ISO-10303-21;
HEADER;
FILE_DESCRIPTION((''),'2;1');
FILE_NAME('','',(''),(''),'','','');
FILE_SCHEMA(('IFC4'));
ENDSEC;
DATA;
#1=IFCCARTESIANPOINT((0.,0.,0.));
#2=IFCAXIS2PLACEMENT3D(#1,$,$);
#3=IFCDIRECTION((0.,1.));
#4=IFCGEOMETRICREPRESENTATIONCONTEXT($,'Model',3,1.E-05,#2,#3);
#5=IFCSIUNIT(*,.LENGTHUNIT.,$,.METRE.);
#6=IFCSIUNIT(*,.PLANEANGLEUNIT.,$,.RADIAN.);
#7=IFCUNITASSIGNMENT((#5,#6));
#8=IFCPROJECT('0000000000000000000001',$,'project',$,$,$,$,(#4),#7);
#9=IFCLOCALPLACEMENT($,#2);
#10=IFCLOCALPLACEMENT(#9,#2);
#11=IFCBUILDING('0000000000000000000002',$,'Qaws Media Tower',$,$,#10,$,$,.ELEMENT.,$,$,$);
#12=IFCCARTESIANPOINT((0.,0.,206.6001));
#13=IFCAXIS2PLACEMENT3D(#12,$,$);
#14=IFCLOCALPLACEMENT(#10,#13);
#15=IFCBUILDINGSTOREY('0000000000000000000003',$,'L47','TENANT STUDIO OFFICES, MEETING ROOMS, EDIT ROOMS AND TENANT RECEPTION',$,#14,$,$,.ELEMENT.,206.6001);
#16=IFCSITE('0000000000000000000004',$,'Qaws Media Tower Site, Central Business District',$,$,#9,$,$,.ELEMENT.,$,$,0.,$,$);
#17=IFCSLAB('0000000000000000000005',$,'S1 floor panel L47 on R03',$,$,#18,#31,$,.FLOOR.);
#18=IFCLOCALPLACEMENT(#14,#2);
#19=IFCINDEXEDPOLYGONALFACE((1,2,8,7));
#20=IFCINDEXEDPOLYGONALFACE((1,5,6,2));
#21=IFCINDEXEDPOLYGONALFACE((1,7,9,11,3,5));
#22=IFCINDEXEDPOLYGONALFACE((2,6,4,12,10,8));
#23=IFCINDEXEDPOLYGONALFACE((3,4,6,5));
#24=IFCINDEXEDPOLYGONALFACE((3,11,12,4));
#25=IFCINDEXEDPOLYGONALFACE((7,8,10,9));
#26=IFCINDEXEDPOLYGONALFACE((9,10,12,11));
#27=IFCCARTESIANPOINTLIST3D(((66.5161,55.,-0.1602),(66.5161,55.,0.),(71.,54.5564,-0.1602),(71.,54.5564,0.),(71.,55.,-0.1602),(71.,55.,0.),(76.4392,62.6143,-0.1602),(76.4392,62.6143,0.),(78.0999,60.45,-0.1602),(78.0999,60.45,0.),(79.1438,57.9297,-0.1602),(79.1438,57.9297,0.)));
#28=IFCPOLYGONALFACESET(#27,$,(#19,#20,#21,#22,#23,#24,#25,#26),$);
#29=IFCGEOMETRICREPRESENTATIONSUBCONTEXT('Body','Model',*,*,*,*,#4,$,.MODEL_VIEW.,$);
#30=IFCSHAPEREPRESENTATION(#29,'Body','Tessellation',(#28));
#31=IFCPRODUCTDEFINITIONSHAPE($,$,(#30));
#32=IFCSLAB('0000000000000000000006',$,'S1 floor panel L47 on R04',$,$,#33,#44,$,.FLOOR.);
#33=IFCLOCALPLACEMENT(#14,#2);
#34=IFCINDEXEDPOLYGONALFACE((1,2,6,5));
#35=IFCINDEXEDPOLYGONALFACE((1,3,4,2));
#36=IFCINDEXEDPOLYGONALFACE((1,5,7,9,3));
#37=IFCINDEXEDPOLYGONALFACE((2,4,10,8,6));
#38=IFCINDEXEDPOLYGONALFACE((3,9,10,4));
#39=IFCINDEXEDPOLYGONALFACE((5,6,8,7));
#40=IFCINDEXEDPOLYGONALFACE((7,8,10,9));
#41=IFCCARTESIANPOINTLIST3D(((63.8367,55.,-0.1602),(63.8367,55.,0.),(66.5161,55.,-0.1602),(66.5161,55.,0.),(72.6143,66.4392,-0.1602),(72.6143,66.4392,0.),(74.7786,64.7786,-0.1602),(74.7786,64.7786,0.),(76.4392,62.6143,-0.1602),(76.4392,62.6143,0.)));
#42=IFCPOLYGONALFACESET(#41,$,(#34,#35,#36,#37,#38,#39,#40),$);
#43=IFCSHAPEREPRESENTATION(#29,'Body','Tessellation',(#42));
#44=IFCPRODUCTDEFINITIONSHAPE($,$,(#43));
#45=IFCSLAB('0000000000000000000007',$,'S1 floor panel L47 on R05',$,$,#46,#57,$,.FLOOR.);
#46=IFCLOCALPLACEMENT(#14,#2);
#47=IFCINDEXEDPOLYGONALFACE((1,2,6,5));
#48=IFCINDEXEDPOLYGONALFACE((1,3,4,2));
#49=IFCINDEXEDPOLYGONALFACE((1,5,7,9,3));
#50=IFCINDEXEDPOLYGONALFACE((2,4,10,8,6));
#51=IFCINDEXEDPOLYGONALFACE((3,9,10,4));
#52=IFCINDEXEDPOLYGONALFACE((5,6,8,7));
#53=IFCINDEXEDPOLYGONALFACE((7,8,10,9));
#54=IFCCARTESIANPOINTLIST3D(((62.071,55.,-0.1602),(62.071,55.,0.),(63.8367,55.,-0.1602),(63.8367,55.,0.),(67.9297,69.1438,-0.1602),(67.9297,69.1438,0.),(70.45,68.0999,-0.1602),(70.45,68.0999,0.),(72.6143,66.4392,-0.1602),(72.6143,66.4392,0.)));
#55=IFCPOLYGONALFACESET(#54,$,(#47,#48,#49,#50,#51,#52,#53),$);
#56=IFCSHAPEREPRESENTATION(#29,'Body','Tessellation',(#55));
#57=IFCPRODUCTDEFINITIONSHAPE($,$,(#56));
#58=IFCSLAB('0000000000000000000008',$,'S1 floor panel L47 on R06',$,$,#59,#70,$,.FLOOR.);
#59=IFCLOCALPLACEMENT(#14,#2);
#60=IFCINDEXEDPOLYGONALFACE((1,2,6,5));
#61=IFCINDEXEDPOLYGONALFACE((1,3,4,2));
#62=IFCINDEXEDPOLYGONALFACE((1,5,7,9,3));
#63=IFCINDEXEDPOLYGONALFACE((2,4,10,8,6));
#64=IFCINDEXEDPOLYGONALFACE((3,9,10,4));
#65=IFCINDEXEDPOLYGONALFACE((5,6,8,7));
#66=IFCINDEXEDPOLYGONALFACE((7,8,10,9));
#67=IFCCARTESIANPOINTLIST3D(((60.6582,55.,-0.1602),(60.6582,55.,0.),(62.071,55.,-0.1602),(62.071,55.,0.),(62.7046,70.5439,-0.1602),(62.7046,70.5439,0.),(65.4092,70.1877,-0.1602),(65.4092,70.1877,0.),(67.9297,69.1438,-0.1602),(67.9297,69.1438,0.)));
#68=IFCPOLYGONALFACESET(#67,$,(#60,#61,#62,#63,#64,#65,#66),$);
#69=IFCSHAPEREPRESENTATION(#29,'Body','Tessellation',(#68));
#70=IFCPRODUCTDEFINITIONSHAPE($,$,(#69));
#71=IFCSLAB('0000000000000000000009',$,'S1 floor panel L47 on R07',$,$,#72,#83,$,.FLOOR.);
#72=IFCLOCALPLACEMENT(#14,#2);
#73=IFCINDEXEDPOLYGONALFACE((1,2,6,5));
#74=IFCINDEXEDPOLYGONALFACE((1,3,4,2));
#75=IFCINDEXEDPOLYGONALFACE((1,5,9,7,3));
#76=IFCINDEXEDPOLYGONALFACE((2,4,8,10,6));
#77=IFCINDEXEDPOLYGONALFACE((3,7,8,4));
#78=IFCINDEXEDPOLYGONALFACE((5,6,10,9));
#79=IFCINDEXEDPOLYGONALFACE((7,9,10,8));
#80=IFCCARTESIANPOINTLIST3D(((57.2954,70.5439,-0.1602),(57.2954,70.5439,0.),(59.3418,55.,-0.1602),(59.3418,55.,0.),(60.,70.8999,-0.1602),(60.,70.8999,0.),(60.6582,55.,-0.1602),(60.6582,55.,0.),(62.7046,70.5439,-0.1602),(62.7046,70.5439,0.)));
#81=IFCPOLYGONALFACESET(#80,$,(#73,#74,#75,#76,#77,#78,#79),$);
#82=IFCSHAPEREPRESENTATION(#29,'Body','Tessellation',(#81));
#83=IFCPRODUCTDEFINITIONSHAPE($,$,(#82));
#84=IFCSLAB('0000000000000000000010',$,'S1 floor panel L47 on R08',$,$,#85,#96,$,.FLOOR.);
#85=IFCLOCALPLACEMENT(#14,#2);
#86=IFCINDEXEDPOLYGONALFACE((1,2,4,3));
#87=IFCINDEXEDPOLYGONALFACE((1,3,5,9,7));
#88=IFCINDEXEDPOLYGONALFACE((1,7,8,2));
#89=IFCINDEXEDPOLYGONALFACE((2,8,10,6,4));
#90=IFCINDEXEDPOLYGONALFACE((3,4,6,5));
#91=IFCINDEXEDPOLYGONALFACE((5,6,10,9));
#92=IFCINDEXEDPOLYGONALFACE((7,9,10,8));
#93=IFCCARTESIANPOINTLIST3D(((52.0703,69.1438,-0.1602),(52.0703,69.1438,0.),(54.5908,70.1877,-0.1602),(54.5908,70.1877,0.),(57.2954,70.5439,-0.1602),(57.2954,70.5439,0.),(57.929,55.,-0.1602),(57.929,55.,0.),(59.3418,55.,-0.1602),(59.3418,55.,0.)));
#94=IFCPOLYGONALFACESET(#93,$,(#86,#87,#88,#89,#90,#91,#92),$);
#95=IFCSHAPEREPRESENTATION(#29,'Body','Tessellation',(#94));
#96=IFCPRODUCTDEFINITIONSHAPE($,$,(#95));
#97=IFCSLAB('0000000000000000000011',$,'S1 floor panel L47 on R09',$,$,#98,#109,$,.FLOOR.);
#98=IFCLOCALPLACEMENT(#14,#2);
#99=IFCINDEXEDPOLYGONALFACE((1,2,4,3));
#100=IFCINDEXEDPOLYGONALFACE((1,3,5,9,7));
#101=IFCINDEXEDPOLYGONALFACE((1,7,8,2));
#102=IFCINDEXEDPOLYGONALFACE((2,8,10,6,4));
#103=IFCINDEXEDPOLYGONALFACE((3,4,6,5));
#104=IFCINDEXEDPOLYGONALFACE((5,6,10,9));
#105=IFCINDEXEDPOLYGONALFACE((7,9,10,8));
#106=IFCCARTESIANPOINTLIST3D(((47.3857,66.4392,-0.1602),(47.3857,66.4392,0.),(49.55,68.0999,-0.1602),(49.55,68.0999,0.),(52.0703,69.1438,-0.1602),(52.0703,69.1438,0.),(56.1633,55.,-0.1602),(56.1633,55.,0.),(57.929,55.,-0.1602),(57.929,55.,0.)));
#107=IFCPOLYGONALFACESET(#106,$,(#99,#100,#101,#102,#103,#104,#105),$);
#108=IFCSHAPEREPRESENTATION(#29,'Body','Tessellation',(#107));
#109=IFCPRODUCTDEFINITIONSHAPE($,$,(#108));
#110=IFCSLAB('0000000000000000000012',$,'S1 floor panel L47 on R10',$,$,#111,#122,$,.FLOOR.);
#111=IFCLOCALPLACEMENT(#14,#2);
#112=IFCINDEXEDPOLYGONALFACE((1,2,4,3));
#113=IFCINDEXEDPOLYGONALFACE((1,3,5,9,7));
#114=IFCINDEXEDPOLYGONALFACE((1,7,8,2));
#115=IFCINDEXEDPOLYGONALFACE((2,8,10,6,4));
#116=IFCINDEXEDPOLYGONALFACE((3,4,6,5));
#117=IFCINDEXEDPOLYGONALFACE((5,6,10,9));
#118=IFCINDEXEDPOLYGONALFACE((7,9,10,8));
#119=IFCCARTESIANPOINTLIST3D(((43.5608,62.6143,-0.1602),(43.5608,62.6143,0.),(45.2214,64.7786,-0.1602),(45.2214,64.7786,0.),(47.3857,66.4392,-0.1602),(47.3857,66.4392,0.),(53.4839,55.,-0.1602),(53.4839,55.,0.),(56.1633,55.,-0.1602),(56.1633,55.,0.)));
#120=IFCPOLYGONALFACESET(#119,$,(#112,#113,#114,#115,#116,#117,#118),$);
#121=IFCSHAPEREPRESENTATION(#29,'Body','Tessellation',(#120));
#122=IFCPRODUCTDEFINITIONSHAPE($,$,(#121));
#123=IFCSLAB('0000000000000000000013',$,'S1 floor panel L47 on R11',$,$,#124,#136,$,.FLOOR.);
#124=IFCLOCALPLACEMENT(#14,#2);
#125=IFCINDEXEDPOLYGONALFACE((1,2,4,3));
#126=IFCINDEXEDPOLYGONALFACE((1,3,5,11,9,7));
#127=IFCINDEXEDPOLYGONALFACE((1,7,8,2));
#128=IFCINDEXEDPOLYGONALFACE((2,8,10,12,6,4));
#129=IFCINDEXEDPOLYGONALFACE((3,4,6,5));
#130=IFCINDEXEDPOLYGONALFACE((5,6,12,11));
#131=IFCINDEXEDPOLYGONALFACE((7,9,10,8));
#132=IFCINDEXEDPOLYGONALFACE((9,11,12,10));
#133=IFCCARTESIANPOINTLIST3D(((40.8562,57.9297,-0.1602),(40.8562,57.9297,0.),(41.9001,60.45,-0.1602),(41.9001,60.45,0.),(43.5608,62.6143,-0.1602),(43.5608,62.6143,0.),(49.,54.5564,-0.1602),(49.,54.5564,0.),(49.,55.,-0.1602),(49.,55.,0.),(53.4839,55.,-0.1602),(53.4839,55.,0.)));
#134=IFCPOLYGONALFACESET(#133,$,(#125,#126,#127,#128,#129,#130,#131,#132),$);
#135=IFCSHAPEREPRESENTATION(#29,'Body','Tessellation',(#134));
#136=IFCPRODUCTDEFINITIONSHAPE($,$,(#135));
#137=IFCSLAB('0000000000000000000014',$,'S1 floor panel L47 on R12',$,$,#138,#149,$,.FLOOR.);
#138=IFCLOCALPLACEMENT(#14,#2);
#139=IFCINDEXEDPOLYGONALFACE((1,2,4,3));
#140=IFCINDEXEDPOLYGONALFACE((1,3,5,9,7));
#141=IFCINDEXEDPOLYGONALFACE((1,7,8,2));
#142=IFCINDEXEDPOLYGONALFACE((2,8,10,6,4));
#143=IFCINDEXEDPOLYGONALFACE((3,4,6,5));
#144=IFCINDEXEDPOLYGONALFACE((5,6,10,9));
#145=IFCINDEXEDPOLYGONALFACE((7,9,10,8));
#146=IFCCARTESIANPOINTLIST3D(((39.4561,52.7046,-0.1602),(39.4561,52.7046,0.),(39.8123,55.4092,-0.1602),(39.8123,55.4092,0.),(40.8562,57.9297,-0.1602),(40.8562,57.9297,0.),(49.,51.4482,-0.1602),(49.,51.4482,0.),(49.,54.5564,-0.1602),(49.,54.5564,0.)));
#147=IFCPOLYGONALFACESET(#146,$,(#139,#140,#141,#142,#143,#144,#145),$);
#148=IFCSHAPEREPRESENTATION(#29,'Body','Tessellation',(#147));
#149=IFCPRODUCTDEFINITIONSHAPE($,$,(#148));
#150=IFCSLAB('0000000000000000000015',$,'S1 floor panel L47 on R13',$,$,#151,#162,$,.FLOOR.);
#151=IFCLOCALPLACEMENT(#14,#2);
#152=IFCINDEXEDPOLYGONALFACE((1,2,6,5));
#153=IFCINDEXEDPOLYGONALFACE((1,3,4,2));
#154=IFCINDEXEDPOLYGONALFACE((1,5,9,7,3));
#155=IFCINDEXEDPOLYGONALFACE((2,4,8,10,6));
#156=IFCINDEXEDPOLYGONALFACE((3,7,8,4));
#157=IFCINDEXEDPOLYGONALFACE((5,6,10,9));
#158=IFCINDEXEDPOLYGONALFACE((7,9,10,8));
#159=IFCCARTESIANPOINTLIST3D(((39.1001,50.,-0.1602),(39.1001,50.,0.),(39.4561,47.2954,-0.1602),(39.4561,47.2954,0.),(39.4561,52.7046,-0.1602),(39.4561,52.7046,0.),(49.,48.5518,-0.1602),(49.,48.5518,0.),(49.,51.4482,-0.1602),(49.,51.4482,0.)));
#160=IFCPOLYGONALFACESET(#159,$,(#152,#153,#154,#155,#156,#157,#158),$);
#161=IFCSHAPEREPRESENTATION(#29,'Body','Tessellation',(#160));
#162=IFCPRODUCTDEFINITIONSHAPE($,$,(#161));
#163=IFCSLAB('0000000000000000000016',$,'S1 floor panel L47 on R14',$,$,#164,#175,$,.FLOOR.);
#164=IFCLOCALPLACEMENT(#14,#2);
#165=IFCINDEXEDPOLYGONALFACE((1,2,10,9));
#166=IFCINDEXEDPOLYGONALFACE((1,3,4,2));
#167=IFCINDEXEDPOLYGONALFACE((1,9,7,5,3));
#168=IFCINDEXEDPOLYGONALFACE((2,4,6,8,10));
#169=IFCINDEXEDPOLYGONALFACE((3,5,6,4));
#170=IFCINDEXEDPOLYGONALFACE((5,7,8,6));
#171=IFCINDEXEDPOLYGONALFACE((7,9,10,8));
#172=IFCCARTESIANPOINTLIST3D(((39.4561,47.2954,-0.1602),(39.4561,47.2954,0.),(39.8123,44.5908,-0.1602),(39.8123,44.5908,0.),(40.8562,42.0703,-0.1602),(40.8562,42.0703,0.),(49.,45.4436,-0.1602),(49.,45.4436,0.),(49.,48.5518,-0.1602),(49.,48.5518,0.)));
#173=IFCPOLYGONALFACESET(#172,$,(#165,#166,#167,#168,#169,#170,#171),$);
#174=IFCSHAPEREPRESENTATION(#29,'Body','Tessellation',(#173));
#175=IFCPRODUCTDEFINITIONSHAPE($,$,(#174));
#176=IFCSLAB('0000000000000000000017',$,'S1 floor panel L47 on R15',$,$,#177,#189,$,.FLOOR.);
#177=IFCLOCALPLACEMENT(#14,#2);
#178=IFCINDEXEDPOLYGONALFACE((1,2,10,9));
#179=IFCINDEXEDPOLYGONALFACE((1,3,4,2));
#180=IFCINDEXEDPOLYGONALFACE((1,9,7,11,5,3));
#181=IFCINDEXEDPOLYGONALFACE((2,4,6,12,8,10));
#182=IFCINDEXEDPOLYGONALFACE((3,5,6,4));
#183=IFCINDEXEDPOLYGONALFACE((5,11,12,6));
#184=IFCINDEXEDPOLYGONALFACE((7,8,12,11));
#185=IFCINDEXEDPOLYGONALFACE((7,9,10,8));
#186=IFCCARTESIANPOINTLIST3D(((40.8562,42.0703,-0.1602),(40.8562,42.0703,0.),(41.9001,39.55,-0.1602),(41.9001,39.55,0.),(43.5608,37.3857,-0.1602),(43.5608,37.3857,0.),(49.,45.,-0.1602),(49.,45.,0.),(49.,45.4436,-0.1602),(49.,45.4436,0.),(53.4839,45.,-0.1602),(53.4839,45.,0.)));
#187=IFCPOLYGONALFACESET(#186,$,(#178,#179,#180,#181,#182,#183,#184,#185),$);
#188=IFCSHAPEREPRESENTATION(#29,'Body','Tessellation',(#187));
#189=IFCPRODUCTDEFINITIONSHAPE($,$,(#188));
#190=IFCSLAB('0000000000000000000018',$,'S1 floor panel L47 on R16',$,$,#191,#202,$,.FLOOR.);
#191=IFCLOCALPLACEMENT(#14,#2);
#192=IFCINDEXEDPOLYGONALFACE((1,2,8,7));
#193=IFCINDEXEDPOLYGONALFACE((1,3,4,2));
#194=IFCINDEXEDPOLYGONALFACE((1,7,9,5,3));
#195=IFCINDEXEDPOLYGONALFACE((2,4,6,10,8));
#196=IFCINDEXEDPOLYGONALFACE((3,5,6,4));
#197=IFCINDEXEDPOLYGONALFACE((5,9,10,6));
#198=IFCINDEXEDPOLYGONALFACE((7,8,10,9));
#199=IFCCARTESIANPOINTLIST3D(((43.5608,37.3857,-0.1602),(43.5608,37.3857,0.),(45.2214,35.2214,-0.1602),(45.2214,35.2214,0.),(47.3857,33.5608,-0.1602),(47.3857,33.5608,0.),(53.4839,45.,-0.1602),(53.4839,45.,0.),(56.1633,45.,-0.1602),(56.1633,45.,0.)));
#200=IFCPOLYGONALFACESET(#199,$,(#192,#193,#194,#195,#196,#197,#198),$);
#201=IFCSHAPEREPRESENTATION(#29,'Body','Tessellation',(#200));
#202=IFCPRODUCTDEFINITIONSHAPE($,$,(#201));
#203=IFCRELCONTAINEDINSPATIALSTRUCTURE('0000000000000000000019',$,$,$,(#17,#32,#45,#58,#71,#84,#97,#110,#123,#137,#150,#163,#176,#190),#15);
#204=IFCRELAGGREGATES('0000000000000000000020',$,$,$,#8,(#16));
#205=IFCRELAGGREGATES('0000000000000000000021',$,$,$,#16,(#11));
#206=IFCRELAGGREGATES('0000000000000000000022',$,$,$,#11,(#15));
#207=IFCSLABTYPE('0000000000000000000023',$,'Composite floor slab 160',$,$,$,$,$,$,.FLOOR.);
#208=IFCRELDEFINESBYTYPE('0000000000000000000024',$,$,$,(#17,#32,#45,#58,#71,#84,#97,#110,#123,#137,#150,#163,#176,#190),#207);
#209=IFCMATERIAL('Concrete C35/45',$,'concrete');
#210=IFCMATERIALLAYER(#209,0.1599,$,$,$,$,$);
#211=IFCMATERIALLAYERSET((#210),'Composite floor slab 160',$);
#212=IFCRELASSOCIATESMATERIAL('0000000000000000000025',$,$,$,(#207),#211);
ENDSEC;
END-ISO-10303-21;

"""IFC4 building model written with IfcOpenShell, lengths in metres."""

from ifc_helpers import new_model, si_unit, direction, frame, origin, place, context, subcontext, project, spatial, polyline, outline, extrude, material, layer, layer_set, type_object, element, save


model = new_model("IFC4")

# Units and contexts
model_context = context("Model", 3, precision=1e-05, world=origin(), true_north=direction((0.0, 1.0)))
body_context = subcontext(model_context, "Body", "Model", "MODEL_VIEW")
ifc_project = project(units=[si_unit("LENGTHUNIT", "METRE"), si_unit("PLANEANGLEUNIT", "RADIAN")], contexts=[model_context])

# Site, building, storey
site_placement = place(None, origin())
site = spatial("IfcSite", under=ifc_project, at=site_placement, Name="Qaws Media Tower Site, Central Business District", CompositionType="ELEMENT", RefElevation=0.0)
building_placement = place(site_placement, origin())
building = spatial("IfcBuilding", under=site, at=building_placement, Name="Qaws Media Tower", CompositionType="ELEMENT")
storey_placement = place(building_placement, frame((0.0, 0.0, 206.6001)))
storey = spatial("IfcBuildingStorey", under=building, at=storey_placement, Name="L47", Description="TENANT STUDIO OFFICES, MEETING ROOMS, EDIT ROOMS AND TENANT RECEPTION", CompositionType="ELEMENT", Elevation=206.6001)

# Slabs
ifc_material_1 = material(Name="Concrete C35/45", Category="concrete")
ifc_layer_1 = layer(ifc_material_1, 0.1599)
ifc_layer_set_1 = layer_set([ifc_layer_1], Name="Composite floor slab 160")
slab_type_1 = type_object("IfcSlabType", Name="Composite floor slab 160", PredefinedType="FLOOR", material=ifc_layer_set_1)
slab_1_placement = place(storey_placement, frame((0.0, 0.0, -0.1602)))
element("IfcSlab", 1, at=slab_1_placement, inside=storey, type_object=slab_type_1, Name="S1 floor panel L47 on R03", PredefinedType="FLOOR", context=body_context, shape_type="SweptSolid", body=[
    extrude(outline(polyline([(78.0999, 60.45), (79.1438, 57.9297), (71.0, 54.5564), (71.0, 55.0), (66.5161, 55.0), (76.4392, 62.6143), (78.0999, 60.45)])), origin(), (0.0, 0.0, 1.0), 0.1602),
])
slab_2_placement = place(storey_placement, frame((0.0, 0.0, -0.1602)))
element("IfcSlab", 2, at=slab_2_placement, inside=storey, type_object=slab_type_1, Name="S1 floor panel L47 on R04", PredefinedType="FLOOR", context=body_context, shape_type="SweptSolid", body=[
    extrude(outline(polyline([(74.7786, 64.7786), (76.4392, 62.6143), (66.5161, 55.0), (63.8367, 55.0), (72.6143, 66.4392), (74.7786, 64.7786)])), origin(), (0.0, 0.0, 1.0), 0.1602),
])
slab_3_placement = place(storey_placement, frame((0.0, 0.0, -0.1602)))
element("IfcSlab", 3, at=slab_3_placement, inside=storey, type_object=slab_type_1, Name="S1 floor panel L47 on R05", PredefinedType="FLOOR", context=body_context, shape_type="SweptSolid", body=[
    extrude(outline(polyline([(70.45, 68.0999), (72.6143, 66.4392), (63.8367, 55.0), (62.071, 55.0), (67.9297, 69.1438), (70.45, 68.0999)])), origin(), (0.0, 0.0, 1.0), 0.1602),
])
slab_4_placement = place(storey_placement, frame((0.0, 0.0, -0.1602)))
element("IfcSlab", 4, at=slab_4_placement, inside=storey, type_object=slab_type_1, Name="S1 floor panel L47 on R06", PredefinedType="FLOOR", context=body_context, shape_type="SweptSolid", body=[
    extrude(outline(polyline([(65.4092, 70.1877), (67.9297, 69.1438), (62.071, 55.0), (60.6582, 55.0), (62.7046, 70.5439), (65.4092, 70.1877)])), origin(), (0.0, 0.0, 1.0), 0.1602),
])
slab_5_placement = place(storey_placement, frame((0.0, 0.0, -0.1602)))
element("IfcSlab", 5, at=slab_5_placement, inside=storey, type_object=slab_type_1, Name="S1 floor panel L47 on R07", PredefinedType="FLOOR", context=body_context, shape_type="SweptSolid", body=[
    extrude(outline(polyline([(60.0, 70.8999), (62.7046, 70.5439), (60.6582, 55.0), (59.3418, 55.0), (57.2954, 70.5439), (60.0, 70.8999)])), origin(), (0.0, 0.0, 1.0), 0.1602),
])
slab_6_placement = place(storey_placement, frame((0.0, 0.0, -0.1602)))
element("IfcSlab", 6, at=slab_6_placement, inside=storey, type_object=slab_type_1, Name="S1 floor panel L47 on R08", PredefinedType="FLOOR", context=body_context, shape_type="SweptSolid", body=[
    extrude(outline(polyline([(54.5908, 70.1877), (57.2954, 70.5439), (59.3418, 55.0), (57.929, 55.0), (52.0703, 69.1438), (54.5908, 70.1877)])), origin(), (0.0, 0.0, 1.0), 0.1602),
])
slab_7_placement = place(storey_placement, frame((0.0, 0.0, -0.1602)))
element("IfcSlab", 7, at=slab_7_placement, inside=storey, type_object=slab_type_1, Name="S1 floor panel L47 on R09", PredefinedType="FLOOR", context=body_context, shape_type="SweptSolid", body=[
    extrude(outline(polyline([(49.55, 68.0999), (52.0703, 69.1438), (57.929, 55.0), (56.1633, 55.0), (47.3857, 66.4392), (49.55, 68.0999)])), origin(), (0.0, 0.0, 1.0), 0.1602),
])
slab_8_placement = place(storey_placement, frame((0.0, 0.0, -0.1602)))
element("IfcSlab", 8, at=slab_8_placement, inside=storey, type_object=slab_type_1, Name="S1 floor panel L47 on R10", PredefinedType="FLOOR", context=body_context, shape_type="SweptSolid", body=[
    extrude(outline(polyline([(45.2214, 64.7786), (47.3857, 66.4392), (56.1633, 55.0), (53.4839, 55.0), (43.5608, 62.6143), (45.2214, 64.7786)])), origin(), (0.0, 0.0, 1.0), 0.1602),
])
slab_9_placement = place(storey_placement, frame((0.0, 0.0, -0.1602)))
element("IfcSlab", 9, at=slab_9_placement, inside=storey, type_object=slab_type_1, Name="S1 floor panel L47 on R11", PredefinedType="FLOOR", context=body_context, shape_type="SweptSolid", body=[
    extrude(outline(polyline([(41.9001, 60.45), (43.5608, 62.6143), (53.4839, 55.0), (49.0, 55.0), (49.0, 54.5564), (40.8562, 57.9297), (41.9001, 60.45)])), origin(), (0.0, 0.0, 1.0), 0.1602),
])
slab_10_placement = place(storey_placement, frame((0.0, 0.0, -0.1602)))
element("IfcSlab", 10, at=slab_10_placement, inside=storey, type_object=slab_type_1, Name="S1 floor panel L47 on R12", PredefinedType="FLOOR", context=body_context, shape_type="SweptSolid", body=[
    extrude(outline(polyline([(39.8123, 55.4092), (40.8562, 57.9297), (49.0, 54.5564), (49.0, 51.4482), (39.4561, 52.7046), (39.8123, 55.4092)])), origin(), (0.0, 0.0, 1.0), 0.1602),
])
slab_11_placement = place(storey_placement, frame((0.0, 0.0, -0.1602)))
element("IfcSlab", 11, at=slab_11_placement, inside=storey, type_object=slab_type_1, Name="S1 floor panel L47 on R13", PredefinedType="FLOOR", context=body_context, shape_type="SweptSolid", body=[
    extrude(outline(polyline([(39.1001, 50.0), (39.4561, 52.7046), (49.0, 51.4482), (49.0, 48.5518), (39.4561, 47.2954), (39.1001, 50.0)])), origin(), (0.0, 0.0, 1.0), 0.1602),
])
slab_12_placement = place(storey_placement, frame((0.0, 0.0, -0.1602)))
element("IfcSlab", 12, at=slab_12_placement, inside=storey, type_object=slab_type_1, Name="S1 floor panel L47 on R14", PredefinedType="FLOOR", context=body_context, shape_type="SweptSolid", body=[
    extrude(outline(polyline([(39.8123, 44.5908), (39.4561, 47.2954), (49.0, 48.5518), (49.0, 45.4436), (40.8562, 42.0703), (39.8123, 44.5908)])), origin(), (0.0, 0.0, 1.0), 0.1602),
])
slab_13_placement = place(storey_placement, frame((0.0, 0.0, -0.1602)))
element("IfcSlab", 13, at=slab_13_placement, inside=storey, type_object=slab_type_1, Name="S1 floor panel L47 on R15", PredefinedType="FLOOR", context=body_context, shape_type="SweptSolid", body=[
    extrude(outline(polyline([(41.9001, 39.55), (40.8562, 42.0703), (49.0, 45.4436), (49.0, 45.0), (53.4839, 45.0), (43.5608, 37.3857), (41.9001, 39.55)])), origin(), (0.0, 0.0, 1.0), 0.1602),
])
slab_14_placement = place(storey_placement, frame((0.0, 0.0, -0.1602)))
element("IfcSlab", 14, at=slab_14_placement, inside=storey, type_object=slab_type_1, Name="S1 floor panel L47 on R16", PredefinedType="FLOOR", context=body_context, shape_type="SweptSolid", body=[
    extrude(outline(polyline([(45.2214, 35.2214), (43.5608, 37.3857), (53.4839, 45.0), (56.1633, 45.0), (47.3857, 33.5608), (45.2214, 35.2214)])), origin(), (0.0, 0.0, 1.0), 0.1602),
])

save(model, "model.ifc")
